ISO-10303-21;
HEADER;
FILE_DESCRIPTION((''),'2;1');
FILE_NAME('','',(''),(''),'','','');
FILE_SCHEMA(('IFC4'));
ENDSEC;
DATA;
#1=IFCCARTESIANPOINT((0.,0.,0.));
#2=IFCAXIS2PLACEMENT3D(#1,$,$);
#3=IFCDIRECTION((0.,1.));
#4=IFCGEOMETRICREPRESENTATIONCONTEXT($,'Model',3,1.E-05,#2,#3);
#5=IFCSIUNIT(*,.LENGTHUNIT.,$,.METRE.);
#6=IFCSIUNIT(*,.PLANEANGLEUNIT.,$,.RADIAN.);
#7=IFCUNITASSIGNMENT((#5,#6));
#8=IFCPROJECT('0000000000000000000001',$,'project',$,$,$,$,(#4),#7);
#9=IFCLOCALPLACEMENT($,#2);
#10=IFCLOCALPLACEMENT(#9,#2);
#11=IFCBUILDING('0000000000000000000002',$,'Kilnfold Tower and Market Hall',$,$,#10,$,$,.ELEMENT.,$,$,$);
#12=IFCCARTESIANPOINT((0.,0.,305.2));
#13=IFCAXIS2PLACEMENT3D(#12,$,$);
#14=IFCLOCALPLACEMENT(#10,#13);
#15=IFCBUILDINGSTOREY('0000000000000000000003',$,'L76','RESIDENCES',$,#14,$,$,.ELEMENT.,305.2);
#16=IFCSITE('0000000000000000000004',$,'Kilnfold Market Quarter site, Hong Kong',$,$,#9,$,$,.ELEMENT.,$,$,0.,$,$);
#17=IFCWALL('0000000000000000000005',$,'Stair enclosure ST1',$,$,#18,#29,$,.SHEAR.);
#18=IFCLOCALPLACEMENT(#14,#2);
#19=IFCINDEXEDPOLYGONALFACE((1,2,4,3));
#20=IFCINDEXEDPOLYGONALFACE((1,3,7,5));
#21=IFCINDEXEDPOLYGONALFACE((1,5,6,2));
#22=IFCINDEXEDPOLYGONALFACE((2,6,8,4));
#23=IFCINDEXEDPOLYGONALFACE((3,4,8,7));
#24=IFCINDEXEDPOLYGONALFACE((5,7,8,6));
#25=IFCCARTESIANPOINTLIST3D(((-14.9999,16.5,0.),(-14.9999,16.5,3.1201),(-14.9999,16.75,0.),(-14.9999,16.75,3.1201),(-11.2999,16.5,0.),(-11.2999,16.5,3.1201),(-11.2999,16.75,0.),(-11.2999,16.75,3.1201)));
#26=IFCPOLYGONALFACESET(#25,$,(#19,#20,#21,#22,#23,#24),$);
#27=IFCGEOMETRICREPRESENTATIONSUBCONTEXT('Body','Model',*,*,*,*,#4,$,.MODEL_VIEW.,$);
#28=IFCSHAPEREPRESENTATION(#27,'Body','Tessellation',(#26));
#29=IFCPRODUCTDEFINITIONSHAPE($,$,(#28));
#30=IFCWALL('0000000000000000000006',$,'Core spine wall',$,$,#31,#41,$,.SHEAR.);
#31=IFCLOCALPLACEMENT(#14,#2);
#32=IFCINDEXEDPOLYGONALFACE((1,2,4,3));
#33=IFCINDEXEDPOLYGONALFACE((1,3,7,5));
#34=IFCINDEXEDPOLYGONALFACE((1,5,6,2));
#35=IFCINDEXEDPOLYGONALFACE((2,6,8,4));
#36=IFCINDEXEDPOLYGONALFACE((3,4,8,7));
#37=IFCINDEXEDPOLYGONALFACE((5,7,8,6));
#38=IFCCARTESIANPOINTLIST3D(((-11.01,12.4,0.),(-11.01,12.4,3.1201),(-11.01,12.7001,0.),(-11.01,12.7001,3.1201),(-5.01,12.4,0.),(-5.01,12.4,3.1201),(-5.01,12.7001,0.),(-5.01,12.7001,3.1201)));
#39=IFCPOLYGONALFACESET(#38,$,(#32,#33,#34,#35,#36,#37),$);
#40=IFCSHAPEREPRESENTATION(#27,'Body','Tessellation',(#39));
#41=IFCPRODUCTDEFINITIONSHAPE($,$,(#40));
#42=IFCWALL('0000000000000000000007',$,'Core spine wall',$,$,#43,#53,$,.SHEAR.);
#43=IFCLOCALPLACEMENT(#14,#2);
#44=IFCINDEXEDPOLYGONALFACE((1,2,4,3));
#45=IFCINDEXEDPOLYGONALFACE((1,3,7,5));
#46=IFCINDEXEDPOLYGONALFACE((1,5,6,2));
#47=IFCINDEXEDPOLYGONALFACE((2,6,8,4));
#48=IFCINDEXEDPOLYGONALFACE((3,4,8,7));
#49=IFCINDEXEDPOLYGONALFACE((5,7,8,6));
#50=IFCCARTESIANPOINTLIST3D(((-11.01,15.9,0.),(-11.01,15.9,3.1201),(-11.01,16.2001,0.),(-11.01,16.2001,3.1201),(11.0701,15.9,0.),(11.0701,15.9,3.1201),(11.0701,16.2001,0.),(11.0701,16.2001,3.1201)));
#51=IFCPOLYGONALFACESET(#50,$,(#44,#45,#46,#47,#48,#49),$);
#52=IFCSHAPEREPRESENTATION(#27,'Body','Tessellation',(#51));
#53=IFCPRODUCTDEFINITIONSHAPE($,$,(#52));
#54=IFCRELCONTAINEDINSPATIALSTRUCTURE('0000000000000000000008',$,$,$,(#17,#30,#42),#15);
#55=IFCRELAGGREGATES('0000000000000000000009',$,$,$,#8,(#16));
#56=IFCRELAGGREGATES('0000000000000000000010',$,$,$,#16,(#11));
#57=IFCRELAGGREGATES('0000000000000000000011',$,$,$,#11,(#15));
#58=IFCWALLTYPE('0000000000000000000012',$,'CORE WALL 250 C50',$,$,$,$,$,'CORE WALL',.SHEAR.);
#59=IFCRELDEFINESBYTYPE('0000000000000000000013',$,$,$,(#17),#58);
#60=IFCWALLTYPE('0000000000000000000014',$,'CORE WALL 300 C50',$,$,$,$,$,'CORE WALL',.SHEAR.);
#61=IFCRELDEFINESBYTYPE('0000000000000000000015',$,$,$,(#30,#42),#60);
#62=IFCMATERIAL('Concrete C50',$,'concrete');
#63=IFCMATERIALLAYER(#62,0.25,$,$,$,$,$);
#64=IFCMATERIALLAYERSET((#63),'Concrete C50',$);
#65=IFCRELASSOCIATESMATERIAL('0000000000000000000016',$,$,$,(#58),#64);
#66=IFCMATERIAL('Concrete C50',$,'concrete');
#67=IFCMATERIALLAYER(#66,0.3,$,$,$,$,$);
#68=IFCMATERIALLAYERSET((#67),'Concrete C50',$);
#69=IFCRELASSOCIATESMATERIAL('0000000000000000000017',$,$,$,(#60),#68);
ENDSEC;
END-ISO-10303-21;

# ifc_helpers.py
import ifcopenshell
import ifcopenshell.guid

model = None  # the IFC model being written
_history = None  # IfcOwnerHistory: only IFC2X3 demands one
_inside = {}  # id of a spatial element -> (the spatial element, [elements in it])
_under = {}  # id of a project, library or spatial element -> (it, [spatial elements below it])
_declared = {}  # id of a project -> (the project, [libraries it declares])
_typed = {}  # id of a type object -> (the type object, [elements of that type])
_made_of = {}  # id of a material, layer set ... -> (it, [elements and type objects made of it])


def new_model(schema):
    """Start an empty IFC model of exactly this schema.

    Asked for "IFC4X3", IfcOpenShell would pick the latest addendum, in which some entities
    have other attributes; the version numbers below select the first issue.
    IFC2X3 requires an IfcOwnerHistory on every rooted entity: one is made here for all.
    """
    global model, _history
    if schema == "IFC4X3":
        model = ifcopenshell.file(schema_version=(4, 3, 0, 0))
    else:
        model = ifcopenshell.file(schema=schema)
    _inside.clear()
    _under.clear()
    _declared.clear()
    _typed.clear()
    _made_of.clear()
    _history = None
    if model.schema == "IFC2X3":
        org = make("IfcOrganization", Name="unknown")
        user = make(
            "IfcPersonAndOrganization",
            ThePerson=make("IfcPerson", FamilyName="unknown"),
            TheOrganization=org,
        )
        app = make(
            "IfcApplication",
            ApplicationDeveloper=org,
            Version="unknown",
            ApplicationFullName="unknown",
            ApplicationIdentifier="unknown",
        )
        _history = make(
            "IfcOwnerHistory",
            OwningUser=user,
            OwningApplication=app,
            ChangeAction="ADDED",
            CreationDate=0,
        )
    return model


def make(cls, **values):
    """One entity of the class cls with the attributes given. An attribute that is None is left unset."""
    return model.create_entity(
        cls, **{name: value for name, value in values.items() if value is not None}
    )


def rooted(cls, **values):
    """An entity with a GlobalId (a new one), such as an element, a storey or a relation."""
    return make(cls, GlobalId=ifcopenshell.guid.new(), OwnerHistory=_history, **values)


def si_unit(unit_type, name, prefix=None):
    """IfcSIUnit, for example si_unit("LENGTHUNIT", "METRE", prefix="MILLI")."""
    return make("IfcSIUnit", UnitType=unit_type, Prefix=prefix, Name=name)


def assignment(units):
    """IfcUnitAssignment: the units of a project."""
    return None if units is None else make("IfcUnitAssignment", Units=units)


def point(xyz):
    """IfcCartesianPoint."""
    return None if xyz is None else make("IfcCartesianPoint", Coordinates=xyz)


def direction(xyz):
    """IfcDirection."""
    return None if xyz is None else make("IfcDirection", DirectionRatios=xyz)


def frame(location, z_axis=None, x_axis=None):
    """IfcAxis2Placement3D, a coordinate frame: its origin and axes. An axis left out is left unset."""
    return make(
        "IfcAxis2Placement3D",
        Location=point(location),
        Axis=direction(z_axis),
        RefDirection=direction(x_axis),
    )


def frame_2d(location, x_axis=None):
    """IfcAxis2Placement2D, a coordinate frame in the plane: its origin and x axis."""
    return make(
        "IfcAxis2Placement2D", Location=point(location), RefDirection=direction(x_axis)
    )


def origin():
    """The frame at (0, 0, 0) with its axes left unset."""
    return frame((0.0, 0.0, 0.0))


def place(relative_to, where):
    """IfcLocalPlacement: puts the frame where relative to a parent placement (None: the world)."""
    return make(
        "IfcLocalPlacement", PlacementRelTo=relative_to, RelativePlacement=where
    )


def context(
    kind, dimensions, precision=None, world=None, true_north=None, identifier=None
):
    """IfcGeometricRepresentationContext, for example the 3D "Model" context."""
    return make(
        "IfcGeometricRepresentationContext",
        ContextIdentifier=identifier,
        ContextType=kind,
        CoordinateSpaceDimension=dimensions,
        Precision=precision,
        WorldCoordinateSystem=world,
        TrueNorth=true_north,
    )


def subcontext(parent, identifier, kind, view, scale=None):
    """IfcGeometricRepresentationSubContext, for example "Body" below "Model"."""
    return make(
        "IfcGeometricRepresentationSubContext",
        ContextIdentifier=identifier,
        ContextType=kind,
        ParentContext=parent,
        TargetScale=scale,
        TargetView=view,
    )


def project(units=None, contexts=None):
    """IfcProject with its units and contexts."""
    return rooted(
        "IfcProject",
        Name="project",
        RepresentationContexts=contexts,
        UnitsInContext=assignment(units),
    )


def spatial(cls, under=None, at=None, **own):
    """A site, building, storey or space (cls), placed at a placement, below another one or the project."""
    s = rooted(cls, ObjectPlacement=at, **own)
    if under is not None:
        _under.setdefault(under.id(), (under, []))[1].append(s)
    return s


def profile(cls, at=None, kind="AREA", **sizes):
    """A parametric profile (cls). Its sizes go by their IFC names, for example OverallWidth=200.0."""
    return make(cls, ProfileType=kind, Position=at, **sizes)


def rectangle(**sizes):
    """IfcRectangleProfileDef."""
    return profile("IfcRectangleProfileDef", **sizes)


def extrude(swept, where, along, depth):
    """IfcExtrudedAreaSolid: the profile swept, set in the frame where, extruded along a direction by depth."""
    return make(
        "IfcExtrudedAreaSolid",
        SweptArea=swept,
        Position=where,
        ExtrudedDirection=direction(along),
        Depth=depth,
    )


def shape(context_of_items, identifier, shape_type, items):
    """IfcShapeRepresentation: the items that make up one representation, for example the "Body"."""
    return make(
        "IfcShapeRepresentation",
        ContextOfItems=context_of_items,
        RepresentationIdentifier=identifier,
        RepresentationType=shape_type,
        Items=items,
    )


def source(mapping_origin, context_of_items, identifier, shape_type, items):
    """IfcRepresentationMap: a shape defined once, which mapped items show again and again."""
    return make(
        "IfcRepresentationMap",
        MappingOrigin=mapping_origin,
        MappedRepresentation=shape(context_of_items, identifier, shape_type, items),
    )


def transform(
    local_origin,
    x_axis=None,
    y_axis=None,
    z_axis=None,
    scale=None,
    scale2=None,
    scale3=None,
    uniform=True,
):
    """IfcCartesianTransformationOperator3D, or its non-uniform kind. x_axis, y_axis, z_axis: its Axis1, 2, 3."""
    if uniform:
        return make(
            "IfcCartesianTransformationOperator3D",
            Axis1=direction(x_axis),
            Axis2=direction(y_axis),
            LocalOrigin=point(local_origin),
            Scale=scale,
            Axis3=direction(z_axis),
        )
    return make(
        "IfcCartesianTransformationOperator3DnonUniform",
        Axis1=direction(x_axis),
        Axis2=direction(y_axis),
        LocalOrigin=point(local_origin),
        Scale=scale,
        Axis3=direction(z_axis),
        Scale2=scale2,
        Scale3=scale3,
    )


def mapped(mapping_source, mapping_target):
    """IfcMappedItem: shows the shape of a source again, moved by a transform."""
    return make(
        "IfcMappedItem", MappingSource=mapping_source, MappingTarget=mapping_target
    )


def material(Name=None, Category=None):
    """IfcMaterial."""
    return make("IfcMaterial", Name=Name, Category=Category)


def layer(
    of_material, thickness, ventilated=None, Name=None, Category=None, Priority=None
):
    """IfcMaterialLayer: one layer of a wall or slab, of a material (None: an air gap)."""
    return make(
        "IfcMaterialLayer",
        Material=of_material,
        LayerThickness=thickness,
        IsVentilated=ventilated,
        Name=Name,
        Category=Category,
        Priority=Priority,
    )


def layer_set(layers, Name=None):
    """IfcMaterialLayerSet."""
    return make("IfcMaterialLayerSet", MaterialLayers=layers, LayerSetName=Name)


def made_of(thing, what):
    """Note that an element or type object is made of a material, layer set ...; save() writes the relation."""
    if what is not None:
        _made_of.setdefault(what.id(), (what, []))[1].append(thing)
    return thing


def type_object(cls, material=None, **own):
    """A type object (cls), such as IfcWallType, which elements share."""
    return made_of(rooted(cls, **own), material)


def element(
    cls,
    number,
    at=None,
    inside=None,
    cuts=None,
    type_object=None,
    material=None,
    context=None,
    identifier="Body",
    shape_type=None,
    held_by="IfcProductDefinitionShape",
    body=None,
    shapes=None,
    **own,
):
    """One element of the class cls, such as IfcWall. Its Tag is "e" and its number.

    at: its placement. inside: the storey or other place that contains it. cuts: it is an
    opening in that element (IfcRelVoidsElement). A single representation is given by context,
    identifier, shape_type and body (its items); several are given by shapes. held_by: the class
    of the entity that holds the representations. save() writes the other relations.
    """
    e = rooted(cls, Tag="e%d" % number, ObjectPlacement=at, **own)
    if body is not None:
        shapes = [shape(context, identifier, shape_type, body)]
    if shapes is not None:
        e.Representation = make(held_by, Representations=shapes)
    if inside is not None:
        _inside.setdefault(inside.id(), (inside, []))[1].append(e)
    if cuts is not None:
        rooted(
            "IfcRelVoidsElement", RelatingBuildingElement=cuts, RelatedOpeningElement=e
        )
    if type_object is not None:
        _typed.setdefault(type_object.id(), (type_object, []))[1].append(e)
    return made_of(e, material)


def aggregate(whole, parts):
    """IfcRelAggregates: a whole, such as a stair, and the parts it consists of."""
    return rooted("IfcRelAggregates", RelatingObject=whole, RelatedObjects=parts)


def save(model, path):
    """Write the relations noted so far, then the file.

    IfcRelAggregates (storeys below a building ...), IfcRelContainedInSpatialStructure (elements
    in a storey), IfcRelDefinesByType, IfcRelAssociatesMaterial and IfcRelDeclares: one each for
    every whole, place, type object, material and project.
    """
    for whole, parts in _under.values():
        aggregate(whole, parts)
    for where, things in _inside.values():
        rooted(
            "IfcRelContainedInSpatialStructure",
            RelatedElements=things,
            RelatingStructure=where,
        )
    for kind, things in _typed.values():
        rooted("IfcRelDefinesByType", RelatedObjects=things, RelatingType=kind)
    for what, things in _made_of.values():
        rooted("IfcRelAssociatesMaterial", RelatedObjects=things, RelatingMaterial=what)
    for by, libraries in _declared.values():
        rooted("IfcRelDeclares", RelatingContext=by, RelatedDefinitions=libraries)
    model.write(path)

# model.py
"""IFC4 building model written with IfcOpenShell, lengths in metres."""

from ifc_helpers import new_model, si_unit, direction, frame, frame_2d, origin, place, context, subcontext, project, spatial, rectangle, extrude, source, transform, mapped, material, layer, layer_set, type_object, element, save


model = new_model("IFC4")

# Units and contexts
model_context = context("Model", 3, precision=1e-05, world=origin(), true_north=direction((0.0, 1.0)))
body_context = subcontext(model_context, "Body", "Model", "MODEL_VIEW")
ifc_project = project(units=[si_unit("LENGTHUNIT", "METRE"), si_unit("PLANEANGLEUNIT", "RADIAN")], contexts=[model_context])

# Site, building, storey
site_placement = place(None, origin())
site = spatial("IfcSite", under=ifc_project, at=site_placement, Name="Kilnfold Market Quarter site, Hong Kong", CompositionType="ELEMENT", RefElevation=0.0)
building_placement = place(site_placement, origin())
building = spatial("IfcBuilding", under=site, at=building_placement, Name="Kilnfold Tower and Market Hall", CompositionType="ELEMENT")
storey_placement = place(building_placement, frame((0.0, 0.0, 305.2)))
storey = spatial("IfcBuildingStorey", under=building, at=storey_placement, Name="L76", Description="RESIDENCES", CompositionType="ELEMENT", Elevation=305.2)

# Walls
ifc_material_1 = material(Name="Concrete C50", Category="concrete")
ifc_layer_1 = layer(ifc_material_1, 0.25)
ifc_layer_set_1 = layer_set([ifc_layer_1], Name="Concrete C50")
wall_type_1 = type_object("IfcWallType", Name="CORE WALL 250 C50", ElementType="CORE WALL", PredefinedType="SHEAR", material=ifc_layer_set_1)
shared_shape_1 = source(origin(), body_context, "Body", "SweptSolid", [
    extrude(rectangle(XDim=3.7, YDim=0.25, at=frame_2d((1.8501, 0.0))), origin(), (0.0, 0.0, 1.0), 3.1201),
])
wall_1_placement = place(storey_placement, frame((-15.0, 16.625, 0.0), z_axis=(0.0, 0.0, 1.0), x_axis=(1.0, 0.0, 0.0)))
element("IfcWall", 1, at=wall_1_placement, inside=storey, type_object=wall_type_1, Name="Stair enclosure ST1", PredefinedType="SHEAR", context=body_context, shape_type="MappedRepresentation", body=[
    mapped(shared_shape_1, transform((0.0, 0.0, 0.0))),
])
ifc_material_2 = material(Name="Concrete C50", Category="concrete")
ifc_layer_2 = layer(ifc_material_2, 0.3)
ifc_layer_set_2 = layer_set([ifc_layer_2], Name="Concrete C50")
wall_type_2 = type_object("IfcWallType", Name="CORE WALL 300 C50", ElementType="CORE WALL", PredefinedType="SHEAR", material=ifc_layer_set_2)
shared_shape_2 = source(origin(), body_context, "Body", "SweptSolid", [
    extrude(rectangle(XDim=6.0, YDim=0.3, at=frame_2d((3.0, 0.0))), origin(), (0.0, 0.0, 1.0), 3.1201),
])
wall_2_placement = place(storey_placement, frame((-11.01, 12.55, 0.0), z_axis=(0.0, 0.0, 1.0), x_axis=(1.0, 0.0, 0.0)))
element("IfcWall", 2, at=wall_2_placement, inside=storey, type_object=wall_type_2, Name="Core spine wall", PredefinedType="SHEAR", context=body_context, shape_type="MappedRepresentation", body=[
    mapped(shared_shape_2, transform((0.0, 0.0, 0.0))),
])
shared_shape_3 = source(origin(), body_context, "Body", "SweptSolid", [
    extrude(rectangle(XDim=22.0801, YDim=0.3, at=frame_2d((11.04, 0.0))), origin(), (0.0, 0.0, 1.0), 3.1201),
])
wall_3_placement = place(storey_placement, frame((-11.01, 16.05, 0.0), z_axis=(0.0, 0.0, 1.0), x_axis=(1.0, 0.0, 0.0)))
element("IfcWall", 3, at=wall_3_placement, inside=storey, type_object=wall_type_2, Name="Core spine wall", PredefinedType="SHEAR", context=body_context, shape_type="MappedRepresentation", body=[
    mapped(shared_shape_3, transform((0.0, 0.0, 0.0))),
])

save(model, "model.ifc")
